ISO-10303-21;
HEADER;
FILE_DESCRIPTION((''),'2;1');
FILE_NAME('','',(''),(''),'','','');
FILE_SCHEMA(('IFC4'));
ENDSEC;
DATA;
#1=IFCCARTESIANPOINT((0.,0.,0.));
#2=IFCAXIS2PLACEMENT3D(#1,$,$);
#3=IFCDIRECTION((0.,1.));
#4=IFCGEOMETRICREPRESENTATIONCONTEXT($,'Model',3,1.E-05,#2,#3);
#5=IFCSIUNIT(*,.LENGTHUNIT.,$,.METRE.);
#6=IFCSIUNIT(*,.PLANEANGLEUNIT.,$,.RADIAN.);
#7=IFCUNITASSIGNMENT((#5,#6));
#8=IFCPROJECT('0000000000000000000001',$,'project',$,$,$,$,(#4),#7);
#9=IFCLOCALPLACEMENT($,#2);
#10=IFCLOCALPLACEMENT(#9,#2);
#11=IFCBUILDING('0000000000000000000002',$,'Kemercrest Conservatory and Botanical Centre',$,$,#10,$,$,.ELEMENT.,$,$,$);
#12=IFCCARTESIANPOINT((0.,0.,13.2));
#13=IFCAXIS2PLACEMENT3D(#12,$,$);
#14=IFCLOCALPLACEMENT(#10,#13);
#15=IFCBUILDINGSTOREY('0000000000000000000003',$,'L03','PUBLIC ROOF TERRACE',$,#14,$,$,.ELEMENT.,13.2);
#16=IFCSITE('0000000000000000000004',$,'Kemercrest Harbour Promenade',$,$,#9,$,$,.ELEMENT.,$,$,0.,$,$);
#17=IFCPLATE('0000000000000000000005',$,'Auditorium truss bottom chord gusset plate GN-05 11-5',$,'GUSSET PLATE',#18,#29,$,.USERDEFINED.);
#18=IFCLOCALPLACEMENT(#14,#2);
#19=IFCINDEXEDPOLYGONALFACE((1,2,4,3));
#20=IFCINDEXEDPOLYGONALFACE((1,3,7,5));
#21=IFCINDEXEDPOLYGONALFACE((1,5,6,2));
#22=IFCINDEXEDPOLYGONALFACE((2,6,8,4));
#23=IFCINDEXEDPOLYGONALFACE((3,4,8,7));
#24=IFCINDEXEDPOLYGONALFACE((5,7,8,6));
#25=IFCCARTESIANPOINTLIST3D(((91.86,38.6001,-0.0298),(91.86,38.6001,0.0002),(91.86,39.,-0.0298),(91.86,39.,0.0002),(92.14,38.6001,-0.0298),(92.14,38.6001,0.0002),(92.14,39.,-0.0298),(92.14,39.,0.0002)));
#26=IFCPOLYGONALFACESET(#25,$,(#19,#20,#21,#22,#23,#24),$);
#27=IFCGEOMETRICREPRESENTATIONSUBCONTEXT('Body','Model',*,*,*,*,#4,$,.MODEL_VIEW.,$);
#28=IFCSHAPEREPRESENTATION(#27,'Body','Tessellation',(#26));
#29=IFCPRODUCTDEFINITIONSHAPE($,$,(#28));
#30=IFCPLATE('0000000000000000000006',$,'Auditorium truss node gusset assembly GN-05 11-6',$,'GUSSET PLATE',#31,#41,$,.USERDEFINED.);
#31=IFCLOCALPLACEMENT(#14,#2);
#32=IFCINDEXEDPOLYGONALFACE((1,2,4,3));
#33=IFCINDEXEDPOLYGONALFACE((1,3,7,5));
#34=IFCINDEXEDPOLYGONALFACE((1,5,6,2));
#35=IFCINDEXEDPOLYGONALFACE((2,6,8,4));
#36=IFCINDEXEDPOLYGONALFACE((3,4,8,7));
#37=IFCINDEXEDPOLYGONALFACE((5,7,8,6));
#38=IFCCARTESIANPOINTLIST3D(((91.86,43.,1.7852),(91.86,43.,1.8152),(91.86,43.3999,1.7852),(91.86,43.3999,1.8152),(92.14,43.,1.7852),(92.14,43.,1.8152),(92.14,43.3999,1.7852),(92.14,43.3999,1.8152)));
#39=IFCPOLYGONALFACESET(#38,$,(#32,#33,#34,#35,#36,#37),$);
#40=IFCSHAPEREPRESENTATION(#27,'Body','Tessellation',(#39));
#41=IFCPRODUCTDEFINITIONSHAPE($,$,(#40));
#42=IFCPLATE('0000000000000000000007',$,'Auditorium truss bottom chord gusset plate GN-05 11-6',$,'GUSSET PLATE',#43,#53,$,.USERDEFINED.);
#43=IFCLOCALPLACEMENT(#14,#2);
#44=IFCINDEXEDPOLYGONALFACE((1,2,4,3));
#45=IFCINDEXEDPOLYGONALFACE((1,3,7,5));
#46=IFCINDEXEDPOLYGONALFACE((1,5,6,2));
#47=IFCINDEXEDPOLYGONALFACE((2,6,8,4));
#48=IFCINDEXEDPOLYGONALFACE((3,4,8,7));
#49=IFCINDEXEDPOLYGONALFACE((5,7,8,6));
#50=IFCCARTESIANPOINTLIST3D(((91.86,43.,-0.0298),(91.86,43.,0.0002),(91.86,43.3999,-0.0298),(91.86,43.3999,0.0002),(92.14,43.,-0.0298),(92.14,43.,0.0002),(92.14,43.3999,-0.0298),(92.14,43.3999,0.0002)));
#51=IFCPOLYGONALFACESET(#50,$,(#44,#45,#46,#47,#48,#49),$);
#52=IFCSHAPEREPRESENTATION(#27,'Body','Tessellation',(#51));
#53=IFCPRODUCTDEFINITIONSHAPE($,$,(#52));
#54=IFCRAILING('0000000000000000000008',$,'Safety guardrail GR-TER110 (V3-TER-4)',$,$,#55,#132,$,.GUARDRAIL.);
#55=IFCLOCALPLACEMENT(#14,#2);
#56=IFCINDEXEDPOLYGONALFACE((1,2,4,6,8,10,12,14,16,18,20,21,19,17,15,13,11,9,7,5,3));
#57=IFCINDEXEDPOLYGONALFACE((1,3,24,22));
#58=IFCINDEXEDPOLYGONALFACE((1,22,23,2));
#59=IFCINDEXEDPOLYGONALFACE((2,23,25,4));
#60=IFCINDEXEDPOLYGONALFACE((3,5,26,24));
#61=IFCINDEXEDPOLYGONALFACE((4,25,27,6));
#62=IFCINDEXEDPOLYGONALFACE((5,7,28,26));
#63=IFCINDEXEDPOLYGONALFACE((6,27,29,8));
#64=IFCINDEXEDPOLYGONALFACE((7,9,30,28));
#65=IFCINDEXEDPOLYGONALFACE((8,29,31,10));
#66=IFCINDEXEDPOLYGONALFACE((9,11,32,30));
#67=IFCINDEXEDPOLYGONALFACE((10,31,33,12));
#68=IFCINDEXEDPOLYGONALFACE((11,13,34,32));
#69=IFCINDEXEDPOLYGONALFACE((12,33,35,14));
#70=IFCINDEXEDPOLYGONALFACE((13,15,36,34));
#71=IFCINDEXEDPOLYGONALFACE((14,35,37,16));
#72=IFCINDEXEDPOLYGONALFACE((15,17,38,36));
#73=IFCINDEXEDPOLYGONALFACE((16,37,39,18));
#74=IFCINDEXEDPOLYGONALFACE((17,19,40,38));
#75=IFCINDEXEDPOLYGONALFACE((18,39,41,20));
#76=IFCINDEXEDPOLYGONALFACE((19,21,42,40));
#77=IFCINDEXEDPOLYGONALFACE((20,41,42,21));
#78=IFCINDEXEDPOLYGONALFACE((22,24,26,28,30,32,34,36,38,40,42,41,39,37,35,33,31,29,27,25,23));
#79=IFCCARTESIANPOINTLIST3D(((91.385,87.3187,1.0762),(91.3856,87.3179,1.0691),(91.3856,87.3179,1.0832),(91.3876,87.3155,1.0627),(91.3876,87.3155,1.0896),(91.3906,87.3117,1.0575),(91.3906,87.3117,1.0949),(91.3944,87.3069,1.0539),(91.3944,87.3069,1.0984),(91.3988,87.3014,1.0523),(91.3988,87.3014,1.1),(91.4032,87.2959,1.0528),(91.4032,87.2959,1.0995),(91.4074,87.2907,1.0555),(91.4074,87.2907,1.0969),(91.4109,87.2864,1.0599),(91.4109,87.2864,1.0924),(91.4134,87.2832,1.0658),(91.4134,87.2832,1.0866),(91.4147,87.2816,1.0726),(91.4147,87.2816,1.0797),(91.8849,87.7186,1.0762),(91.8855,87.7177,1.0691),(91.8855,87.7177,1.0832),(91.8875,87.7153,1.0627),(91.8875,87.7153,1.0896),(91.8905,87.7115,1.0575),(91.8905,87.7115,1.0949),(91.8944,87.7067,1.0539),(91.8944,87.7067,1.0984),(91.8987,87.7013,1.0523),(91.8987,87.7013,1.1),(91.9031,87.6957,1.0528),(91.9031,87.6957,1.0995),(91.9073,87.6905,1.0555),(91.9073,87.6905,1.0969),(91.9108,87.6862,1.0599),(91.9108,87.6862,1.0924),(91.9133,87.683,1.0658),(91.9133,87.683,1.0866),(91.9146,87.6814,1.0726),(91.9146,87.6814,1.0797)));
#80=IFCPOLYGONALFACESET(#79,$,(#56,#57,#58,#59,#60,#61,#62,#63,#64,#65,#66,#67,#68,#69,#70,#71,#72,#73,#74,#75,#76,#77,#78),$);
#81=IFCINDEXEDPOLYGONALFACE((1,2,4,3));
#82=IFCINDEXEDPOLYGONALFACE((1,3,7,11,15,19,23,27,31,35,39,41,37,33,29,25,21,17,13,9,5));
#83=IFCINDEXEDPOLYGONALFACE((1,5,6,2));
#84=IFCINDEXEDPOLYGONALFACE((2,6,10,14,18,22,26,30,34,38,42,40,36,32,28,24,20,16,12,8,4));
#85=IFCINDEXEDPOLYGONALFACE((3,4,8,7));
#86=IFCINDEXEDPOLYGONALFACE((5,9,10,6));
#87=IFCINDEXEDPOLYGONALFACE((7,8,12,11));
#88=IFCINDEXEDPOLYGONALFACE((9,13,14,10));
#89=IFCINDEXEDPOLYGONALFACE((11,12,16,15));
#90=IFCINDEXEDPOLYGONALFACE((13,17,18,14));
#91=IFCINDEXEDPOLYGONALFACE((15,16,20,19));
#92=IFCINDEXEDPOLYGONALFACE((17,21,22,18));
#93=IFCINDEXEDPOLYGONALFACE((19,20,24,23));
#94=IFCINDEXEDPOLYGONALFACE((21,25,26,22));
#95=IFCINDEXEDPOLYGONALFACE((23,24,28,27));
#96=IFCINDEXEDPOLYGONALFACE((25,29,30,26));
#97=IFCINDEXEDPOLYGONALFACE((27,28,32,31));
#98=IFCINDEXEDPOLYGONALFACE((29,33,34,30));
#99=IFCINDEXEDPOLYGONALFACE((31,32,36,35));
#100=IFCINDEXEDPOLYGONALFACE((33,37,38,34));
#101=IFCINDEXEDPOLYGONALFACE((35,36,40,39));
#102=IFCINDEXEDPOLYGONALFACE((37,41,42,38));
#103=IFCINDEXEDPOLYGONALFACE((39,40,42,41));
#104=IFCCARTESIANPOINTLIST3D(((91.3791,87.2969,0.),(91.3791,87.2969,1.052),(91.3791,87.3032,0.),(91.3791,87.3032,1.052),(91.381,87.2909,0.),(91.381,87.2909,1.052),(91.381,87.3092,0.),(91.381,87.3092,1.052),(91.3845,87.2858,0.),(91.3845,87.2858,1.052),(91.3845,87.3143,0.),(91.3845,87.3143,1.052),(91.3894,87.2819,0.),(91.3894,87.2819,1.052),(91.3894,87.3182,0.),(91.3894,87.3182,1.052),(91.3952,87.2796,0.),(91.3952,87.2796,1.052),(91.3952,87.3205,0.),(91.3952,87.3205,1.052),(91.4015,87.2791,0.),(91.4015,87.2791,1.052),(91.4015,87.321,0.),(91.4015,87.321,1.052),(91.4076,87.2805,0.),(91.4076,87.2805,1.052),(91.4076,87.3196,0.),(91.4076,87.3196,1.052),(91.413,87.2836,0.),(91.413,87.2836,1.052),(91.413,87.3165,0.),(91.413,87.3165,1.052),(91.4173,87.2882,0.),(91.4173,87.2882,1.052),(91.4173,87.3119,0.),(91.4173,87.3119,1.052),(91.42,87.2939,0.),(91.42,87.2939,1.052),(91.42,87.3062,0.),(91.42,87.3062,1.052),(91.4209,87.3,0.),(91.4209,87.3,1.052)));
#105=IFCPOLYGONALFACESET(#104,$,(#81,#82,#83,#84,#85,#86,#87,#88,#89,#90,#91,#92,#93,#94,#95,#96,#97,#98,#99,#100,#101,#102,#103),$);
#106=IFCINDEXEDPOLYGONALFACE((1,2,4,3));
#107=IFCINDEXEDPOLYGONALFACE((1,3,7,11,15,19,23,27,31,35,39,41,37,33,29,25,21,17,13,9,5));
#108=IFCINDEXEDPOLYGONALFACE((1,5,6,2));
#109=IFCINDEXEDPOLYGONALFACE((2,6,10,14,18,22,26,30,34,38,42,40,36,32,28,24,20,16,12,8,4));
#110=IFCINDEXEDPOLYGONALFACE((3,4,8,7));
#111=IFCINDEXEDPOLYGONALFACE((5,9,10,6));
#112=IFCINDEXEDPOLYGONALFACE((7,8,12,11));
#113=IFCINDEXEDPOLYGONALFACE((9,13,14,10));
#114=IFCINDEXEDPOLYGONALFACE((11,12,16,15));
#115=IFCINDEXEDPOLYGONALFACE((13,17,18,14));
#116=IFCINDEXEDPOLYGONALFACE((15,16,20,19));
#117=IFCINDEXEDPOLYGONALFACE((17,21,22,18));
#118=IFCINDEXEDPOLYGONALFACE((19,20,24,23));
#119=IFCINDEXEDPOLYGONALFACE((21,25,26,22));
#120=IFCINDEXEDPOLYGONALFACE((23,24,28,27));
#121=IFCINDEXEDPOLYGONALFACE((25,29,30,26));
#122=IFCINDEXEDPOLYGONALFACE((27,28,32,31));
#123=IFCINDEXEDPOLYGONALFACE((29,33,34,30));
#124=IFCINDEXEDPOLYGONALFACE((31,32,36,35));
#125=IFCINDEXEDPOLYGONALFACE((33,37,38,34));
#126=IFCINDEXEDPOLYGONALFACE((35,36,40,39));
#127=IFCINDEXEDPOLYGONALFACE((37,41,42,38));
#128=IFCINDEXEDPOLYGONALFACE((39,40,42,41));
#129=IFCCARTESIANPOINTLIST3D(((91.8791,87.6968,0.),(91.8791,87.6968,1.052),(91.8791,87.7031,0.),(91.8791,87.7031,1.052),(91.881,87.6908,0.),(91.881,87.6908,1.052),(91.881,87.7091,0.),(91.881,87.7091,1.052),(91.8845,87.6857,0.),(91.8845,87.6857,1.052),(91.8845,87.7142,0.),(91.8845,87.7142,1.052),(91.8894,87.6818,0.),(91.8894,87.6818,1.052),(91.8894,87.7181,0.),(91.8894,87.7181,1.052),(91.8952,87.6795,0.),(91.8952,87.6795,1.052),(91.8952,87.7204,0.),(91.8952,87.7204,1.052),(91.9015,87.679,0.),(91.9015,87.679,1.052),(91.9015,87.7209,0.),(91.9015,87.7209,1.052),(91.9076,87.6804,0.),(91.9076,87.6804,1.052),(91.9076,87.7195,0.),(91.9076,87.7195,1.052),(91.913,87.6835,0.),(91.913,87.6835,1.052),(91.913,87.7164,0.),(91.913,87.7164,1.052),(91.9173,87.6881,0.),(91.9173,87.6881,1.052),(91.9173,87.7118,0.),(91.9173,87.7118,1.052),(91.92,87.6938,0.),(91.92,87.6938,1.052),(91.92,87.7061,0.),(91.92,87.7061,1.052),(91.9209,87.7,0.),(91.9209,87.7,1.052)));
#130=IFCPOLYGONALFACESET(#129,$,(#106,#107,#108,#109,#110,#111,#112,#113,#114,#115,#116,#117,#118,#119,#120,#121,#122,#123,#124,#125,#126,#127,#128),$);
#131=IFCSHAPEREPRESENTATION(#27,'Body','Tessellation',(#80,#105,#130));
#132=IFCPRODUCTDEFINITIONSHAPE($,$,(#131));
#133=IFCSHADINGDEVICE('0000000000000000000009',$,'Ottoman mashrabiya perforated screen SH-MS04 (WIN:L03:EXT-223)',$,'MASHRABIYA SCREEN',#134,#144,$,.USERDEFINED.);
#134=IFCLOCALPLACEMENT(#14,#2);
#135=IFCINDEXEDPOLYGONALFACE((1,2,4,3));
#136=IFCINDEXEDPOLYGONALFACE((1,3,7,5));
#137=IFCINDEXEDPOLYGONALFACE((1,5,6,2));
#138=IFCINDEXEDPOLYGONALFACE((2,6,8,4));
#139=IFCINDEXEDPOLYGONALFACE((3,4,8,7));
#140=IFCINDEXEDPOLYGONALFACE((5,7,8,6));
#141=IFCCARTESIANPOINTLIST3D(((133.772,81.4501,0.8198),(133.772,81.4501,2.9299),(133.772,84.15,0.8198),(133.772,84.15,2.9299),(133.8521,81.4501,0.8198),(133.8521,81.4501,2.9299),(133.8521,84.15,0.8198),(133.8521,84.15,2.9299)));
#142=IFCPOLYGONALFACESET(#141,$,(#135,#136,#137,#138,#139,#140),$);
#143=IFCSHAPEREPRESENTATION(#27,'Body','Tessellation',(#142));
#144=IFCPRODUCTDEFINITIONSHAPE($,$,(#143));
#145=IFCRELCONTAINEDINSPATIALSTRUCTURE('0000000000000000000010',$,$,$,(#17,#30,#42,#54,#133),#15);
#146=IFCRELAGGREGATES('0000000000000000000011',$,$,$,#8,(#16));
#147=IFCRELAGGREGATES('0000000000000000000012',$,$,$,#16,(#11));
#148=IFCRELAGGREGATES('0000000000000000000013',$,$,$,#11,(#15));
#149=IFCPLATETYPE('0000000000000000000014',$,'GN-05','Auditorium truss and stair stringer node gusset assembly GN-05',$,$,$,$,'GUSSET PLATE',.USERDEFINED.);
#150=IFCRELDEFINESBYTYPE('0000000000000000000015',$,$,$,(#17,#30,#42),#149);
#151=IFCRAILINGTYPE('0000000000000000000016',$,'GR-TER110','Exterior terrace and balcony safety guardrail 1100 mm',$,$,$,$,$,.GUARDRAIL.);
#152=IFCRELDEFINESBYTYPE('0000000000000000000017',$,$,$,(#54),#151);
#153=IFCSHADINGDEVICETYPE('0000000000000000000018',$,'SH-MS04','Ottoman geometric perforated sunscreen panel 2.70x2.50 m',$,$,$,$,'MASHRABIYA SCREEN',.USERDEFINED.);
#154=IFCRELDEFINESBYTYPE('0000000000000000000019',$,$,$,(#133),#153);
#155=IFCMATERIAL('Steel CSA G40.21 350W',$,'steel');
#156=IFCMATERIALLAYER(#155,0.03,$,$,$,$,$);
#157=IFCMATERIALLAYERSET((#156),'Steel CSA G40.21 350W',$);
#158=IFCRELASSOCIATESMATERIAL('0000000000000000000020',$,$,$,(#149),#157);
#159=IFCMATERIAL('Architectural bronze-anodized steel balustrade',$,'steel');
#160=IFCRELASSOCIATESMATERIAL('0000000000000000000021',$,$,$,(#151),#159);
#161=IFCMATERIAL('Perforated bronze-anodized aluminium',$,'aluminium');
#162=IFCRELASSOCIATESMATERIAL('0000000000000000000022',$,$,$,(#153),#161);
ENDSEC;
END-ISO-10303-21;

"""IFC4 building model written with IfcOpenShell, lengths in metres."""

from ifc_helpers import new_model, si_unit, direction, frame, origin, origin_2d, place, context, subcontext, project, spatial, rectangle, circle, extrude, material, layer, layer_set, type_object, element, save


model = new_model("IFC4")

# Units and contexts
model_context = context("Model", 3, precision=1e-05, world=origin(), true_north=direction((0.0, 1.0)))
body_context = subcontext(model_context, "Body", "Model", "MODEL_VIEW")
ifc_project = project(units=[si_unit("LENGTHUNIT", "METRE"), si_unit("PLANEANGLEUNIT", "RADIAN")], contexts=[model_context])

# Site, building, storey
site_placement = place(None, origin())
site = spatial("IfcSite", under=ifc_project, at=site_placement, Name="Kemercrest Harbour Promenade", CompositionType="ELEMENT", RefElevation=0.0)
building_placement = place(site_placement, origin())
building = spatial("IfcBuilding", under=site, at=building_placement, Name="Kemercrest Conservatory and Botanical Centre", CompositionType="ELEMENT")
storey_placement = place(building_placement, frame((0.0, 0.0, 13.2)))
storey = spatial("IfcBuildingStorey", under=building, at=storey_placement, Name="L03", Description="PUBLIC ROOF TERRACE", CompositionType="ELEMENT", Elevation=13.2)

# Shared definitions
ifc_material_1 = material(Name="Steel CSA G40.21 350W", Category="steel")

# Plates
ifc_layer = layer(ifc_material_1, 0.03)
ifc_layer_set = layer_set([ifc_layer], Name="Steel CSA G40.21 350W")
plate_type = type_object("IfcPlateType", Name="GN-05", Description="Auditorium truss and stair stringer node gusset assembly GN-05", ElementType="GUSSET PLATE", PredefinedType="USERDEFINED", material=ifc_layer_set)
for number, where, z_axis, x_axis, name in (
    (1, (92.0, 38.8, -0.0298), (0.0, 0.0, 1.0), (0.0, 1.0, 0.0), "Auditorium truss bottom chord gusset plate GN-05 11-5"),
    (2, (92.0, 43.2, 1.7852), (0.0, 0.0, 1.0), (0.0, 1.0, 0.0), "Auditorium truss node gusset assembly GN-05 11-6"),
    (3, (92.0, 43.2, -0.0298), (0.0, 0.0, 1.0), (0.0, 1.0, 0.0), "Auditorium truss bottom chord gusset plate GN-05 11-6"),
):
    element("IfcPlate", number, at=place(storey_placement, frame(where, z_axis=z_axis, x_axis=x_axis)), inside=storey, type_object=plate_type, Name=name, ObjectType="GUSSET PLATE", PredefinedType="USERDEFINED", context=body_context, shape_type="SweptSolid", body=[
        extrude(rectangle(XDim=0.3999, YDim=0.28, at=origin_2d()), origin(), (0.0, 0.0, 1.0), 0.03),
    ])

# Railing
ifc_material_2 = material(Name="Architectural bronze-anodized steel balustrade", Category="steel")
railing_type = type_object("IfcRailingType", Name="GR-TER110", Description="Exterior terrace and balcony safety guardrail 1100 mm", PredefinedType="GUARDRAIL", material=ifc_material_2)
railing_1_placement = place(storey_placement, frame((91.3999, 87.3, 0.0)))
element("IfcRailing", 4, at=railing_1_placement, inside=storey, type_object=railing_type, Name="Safety guardrail GR-TER110 (V3-TER-4)", PredefinedType="GUARDRAIL", context=body_context, shape_type="SweptSolid", body=[
    extrude(circle(Radius=0.0239, at=origin_2d()), frame((0.0, 0.0, 1.0762), z_axis=(0.780943, 0.624602, 0.0), x_axis=(-0.624602, 0.780943, 0.0)), (0.0, 0.0, 1.0), 0.6401),
    extrude(circle(Radius=0.021, at=origin_2d()), origin(), (0.0, 0.0, 1.0), 1.052),
    extrude(circle(Radius=0.021, at=origin_2d()), frame((0.5, 0.3999, 0.0)), (0.0, 0.0, 1.0), 1.052),
])

# Shading device
ifc_material_3 = material(Name="Perforated bronze-anodized aluminium", Category="aluminium")
shading_device_type = type_object("IfcShadingDeviceType", Name="SH-MS04", Description="Ottoman geometric perforated sunscreen panel 2.70x2.50 m", ElementType="MASHRABIYA SCREEN", PredefinedType="USERDEFINED", material=ifc_material_3)
shading_device_placement = place(storey_placement, frame((133.812, 82.8, 0.8198), z_axis=(0.0, 0.0, 1.0), x_axis=(0.0, -1.0, 0.0)))
element("IfcShadingDevice", 5, at=shading_device_placement, inside=storey, type_object=shading_device_type, Name="Ottoman mashrabiya perforated screen SH-MS04 (WIN:L03:EXT-223)", ObjectType="MASHRABIYA SCREEN", PredefinedType="USERDEFINED", context=body_context, shape_type="SweptSolid", body=[
    extrude(rectangle(XDim=2.7, YDim=0.0801, at=origin_2d()), origin(), (0.0, 0.0, 1.0), 2.1101),
])

save(model, "model.ifc")
